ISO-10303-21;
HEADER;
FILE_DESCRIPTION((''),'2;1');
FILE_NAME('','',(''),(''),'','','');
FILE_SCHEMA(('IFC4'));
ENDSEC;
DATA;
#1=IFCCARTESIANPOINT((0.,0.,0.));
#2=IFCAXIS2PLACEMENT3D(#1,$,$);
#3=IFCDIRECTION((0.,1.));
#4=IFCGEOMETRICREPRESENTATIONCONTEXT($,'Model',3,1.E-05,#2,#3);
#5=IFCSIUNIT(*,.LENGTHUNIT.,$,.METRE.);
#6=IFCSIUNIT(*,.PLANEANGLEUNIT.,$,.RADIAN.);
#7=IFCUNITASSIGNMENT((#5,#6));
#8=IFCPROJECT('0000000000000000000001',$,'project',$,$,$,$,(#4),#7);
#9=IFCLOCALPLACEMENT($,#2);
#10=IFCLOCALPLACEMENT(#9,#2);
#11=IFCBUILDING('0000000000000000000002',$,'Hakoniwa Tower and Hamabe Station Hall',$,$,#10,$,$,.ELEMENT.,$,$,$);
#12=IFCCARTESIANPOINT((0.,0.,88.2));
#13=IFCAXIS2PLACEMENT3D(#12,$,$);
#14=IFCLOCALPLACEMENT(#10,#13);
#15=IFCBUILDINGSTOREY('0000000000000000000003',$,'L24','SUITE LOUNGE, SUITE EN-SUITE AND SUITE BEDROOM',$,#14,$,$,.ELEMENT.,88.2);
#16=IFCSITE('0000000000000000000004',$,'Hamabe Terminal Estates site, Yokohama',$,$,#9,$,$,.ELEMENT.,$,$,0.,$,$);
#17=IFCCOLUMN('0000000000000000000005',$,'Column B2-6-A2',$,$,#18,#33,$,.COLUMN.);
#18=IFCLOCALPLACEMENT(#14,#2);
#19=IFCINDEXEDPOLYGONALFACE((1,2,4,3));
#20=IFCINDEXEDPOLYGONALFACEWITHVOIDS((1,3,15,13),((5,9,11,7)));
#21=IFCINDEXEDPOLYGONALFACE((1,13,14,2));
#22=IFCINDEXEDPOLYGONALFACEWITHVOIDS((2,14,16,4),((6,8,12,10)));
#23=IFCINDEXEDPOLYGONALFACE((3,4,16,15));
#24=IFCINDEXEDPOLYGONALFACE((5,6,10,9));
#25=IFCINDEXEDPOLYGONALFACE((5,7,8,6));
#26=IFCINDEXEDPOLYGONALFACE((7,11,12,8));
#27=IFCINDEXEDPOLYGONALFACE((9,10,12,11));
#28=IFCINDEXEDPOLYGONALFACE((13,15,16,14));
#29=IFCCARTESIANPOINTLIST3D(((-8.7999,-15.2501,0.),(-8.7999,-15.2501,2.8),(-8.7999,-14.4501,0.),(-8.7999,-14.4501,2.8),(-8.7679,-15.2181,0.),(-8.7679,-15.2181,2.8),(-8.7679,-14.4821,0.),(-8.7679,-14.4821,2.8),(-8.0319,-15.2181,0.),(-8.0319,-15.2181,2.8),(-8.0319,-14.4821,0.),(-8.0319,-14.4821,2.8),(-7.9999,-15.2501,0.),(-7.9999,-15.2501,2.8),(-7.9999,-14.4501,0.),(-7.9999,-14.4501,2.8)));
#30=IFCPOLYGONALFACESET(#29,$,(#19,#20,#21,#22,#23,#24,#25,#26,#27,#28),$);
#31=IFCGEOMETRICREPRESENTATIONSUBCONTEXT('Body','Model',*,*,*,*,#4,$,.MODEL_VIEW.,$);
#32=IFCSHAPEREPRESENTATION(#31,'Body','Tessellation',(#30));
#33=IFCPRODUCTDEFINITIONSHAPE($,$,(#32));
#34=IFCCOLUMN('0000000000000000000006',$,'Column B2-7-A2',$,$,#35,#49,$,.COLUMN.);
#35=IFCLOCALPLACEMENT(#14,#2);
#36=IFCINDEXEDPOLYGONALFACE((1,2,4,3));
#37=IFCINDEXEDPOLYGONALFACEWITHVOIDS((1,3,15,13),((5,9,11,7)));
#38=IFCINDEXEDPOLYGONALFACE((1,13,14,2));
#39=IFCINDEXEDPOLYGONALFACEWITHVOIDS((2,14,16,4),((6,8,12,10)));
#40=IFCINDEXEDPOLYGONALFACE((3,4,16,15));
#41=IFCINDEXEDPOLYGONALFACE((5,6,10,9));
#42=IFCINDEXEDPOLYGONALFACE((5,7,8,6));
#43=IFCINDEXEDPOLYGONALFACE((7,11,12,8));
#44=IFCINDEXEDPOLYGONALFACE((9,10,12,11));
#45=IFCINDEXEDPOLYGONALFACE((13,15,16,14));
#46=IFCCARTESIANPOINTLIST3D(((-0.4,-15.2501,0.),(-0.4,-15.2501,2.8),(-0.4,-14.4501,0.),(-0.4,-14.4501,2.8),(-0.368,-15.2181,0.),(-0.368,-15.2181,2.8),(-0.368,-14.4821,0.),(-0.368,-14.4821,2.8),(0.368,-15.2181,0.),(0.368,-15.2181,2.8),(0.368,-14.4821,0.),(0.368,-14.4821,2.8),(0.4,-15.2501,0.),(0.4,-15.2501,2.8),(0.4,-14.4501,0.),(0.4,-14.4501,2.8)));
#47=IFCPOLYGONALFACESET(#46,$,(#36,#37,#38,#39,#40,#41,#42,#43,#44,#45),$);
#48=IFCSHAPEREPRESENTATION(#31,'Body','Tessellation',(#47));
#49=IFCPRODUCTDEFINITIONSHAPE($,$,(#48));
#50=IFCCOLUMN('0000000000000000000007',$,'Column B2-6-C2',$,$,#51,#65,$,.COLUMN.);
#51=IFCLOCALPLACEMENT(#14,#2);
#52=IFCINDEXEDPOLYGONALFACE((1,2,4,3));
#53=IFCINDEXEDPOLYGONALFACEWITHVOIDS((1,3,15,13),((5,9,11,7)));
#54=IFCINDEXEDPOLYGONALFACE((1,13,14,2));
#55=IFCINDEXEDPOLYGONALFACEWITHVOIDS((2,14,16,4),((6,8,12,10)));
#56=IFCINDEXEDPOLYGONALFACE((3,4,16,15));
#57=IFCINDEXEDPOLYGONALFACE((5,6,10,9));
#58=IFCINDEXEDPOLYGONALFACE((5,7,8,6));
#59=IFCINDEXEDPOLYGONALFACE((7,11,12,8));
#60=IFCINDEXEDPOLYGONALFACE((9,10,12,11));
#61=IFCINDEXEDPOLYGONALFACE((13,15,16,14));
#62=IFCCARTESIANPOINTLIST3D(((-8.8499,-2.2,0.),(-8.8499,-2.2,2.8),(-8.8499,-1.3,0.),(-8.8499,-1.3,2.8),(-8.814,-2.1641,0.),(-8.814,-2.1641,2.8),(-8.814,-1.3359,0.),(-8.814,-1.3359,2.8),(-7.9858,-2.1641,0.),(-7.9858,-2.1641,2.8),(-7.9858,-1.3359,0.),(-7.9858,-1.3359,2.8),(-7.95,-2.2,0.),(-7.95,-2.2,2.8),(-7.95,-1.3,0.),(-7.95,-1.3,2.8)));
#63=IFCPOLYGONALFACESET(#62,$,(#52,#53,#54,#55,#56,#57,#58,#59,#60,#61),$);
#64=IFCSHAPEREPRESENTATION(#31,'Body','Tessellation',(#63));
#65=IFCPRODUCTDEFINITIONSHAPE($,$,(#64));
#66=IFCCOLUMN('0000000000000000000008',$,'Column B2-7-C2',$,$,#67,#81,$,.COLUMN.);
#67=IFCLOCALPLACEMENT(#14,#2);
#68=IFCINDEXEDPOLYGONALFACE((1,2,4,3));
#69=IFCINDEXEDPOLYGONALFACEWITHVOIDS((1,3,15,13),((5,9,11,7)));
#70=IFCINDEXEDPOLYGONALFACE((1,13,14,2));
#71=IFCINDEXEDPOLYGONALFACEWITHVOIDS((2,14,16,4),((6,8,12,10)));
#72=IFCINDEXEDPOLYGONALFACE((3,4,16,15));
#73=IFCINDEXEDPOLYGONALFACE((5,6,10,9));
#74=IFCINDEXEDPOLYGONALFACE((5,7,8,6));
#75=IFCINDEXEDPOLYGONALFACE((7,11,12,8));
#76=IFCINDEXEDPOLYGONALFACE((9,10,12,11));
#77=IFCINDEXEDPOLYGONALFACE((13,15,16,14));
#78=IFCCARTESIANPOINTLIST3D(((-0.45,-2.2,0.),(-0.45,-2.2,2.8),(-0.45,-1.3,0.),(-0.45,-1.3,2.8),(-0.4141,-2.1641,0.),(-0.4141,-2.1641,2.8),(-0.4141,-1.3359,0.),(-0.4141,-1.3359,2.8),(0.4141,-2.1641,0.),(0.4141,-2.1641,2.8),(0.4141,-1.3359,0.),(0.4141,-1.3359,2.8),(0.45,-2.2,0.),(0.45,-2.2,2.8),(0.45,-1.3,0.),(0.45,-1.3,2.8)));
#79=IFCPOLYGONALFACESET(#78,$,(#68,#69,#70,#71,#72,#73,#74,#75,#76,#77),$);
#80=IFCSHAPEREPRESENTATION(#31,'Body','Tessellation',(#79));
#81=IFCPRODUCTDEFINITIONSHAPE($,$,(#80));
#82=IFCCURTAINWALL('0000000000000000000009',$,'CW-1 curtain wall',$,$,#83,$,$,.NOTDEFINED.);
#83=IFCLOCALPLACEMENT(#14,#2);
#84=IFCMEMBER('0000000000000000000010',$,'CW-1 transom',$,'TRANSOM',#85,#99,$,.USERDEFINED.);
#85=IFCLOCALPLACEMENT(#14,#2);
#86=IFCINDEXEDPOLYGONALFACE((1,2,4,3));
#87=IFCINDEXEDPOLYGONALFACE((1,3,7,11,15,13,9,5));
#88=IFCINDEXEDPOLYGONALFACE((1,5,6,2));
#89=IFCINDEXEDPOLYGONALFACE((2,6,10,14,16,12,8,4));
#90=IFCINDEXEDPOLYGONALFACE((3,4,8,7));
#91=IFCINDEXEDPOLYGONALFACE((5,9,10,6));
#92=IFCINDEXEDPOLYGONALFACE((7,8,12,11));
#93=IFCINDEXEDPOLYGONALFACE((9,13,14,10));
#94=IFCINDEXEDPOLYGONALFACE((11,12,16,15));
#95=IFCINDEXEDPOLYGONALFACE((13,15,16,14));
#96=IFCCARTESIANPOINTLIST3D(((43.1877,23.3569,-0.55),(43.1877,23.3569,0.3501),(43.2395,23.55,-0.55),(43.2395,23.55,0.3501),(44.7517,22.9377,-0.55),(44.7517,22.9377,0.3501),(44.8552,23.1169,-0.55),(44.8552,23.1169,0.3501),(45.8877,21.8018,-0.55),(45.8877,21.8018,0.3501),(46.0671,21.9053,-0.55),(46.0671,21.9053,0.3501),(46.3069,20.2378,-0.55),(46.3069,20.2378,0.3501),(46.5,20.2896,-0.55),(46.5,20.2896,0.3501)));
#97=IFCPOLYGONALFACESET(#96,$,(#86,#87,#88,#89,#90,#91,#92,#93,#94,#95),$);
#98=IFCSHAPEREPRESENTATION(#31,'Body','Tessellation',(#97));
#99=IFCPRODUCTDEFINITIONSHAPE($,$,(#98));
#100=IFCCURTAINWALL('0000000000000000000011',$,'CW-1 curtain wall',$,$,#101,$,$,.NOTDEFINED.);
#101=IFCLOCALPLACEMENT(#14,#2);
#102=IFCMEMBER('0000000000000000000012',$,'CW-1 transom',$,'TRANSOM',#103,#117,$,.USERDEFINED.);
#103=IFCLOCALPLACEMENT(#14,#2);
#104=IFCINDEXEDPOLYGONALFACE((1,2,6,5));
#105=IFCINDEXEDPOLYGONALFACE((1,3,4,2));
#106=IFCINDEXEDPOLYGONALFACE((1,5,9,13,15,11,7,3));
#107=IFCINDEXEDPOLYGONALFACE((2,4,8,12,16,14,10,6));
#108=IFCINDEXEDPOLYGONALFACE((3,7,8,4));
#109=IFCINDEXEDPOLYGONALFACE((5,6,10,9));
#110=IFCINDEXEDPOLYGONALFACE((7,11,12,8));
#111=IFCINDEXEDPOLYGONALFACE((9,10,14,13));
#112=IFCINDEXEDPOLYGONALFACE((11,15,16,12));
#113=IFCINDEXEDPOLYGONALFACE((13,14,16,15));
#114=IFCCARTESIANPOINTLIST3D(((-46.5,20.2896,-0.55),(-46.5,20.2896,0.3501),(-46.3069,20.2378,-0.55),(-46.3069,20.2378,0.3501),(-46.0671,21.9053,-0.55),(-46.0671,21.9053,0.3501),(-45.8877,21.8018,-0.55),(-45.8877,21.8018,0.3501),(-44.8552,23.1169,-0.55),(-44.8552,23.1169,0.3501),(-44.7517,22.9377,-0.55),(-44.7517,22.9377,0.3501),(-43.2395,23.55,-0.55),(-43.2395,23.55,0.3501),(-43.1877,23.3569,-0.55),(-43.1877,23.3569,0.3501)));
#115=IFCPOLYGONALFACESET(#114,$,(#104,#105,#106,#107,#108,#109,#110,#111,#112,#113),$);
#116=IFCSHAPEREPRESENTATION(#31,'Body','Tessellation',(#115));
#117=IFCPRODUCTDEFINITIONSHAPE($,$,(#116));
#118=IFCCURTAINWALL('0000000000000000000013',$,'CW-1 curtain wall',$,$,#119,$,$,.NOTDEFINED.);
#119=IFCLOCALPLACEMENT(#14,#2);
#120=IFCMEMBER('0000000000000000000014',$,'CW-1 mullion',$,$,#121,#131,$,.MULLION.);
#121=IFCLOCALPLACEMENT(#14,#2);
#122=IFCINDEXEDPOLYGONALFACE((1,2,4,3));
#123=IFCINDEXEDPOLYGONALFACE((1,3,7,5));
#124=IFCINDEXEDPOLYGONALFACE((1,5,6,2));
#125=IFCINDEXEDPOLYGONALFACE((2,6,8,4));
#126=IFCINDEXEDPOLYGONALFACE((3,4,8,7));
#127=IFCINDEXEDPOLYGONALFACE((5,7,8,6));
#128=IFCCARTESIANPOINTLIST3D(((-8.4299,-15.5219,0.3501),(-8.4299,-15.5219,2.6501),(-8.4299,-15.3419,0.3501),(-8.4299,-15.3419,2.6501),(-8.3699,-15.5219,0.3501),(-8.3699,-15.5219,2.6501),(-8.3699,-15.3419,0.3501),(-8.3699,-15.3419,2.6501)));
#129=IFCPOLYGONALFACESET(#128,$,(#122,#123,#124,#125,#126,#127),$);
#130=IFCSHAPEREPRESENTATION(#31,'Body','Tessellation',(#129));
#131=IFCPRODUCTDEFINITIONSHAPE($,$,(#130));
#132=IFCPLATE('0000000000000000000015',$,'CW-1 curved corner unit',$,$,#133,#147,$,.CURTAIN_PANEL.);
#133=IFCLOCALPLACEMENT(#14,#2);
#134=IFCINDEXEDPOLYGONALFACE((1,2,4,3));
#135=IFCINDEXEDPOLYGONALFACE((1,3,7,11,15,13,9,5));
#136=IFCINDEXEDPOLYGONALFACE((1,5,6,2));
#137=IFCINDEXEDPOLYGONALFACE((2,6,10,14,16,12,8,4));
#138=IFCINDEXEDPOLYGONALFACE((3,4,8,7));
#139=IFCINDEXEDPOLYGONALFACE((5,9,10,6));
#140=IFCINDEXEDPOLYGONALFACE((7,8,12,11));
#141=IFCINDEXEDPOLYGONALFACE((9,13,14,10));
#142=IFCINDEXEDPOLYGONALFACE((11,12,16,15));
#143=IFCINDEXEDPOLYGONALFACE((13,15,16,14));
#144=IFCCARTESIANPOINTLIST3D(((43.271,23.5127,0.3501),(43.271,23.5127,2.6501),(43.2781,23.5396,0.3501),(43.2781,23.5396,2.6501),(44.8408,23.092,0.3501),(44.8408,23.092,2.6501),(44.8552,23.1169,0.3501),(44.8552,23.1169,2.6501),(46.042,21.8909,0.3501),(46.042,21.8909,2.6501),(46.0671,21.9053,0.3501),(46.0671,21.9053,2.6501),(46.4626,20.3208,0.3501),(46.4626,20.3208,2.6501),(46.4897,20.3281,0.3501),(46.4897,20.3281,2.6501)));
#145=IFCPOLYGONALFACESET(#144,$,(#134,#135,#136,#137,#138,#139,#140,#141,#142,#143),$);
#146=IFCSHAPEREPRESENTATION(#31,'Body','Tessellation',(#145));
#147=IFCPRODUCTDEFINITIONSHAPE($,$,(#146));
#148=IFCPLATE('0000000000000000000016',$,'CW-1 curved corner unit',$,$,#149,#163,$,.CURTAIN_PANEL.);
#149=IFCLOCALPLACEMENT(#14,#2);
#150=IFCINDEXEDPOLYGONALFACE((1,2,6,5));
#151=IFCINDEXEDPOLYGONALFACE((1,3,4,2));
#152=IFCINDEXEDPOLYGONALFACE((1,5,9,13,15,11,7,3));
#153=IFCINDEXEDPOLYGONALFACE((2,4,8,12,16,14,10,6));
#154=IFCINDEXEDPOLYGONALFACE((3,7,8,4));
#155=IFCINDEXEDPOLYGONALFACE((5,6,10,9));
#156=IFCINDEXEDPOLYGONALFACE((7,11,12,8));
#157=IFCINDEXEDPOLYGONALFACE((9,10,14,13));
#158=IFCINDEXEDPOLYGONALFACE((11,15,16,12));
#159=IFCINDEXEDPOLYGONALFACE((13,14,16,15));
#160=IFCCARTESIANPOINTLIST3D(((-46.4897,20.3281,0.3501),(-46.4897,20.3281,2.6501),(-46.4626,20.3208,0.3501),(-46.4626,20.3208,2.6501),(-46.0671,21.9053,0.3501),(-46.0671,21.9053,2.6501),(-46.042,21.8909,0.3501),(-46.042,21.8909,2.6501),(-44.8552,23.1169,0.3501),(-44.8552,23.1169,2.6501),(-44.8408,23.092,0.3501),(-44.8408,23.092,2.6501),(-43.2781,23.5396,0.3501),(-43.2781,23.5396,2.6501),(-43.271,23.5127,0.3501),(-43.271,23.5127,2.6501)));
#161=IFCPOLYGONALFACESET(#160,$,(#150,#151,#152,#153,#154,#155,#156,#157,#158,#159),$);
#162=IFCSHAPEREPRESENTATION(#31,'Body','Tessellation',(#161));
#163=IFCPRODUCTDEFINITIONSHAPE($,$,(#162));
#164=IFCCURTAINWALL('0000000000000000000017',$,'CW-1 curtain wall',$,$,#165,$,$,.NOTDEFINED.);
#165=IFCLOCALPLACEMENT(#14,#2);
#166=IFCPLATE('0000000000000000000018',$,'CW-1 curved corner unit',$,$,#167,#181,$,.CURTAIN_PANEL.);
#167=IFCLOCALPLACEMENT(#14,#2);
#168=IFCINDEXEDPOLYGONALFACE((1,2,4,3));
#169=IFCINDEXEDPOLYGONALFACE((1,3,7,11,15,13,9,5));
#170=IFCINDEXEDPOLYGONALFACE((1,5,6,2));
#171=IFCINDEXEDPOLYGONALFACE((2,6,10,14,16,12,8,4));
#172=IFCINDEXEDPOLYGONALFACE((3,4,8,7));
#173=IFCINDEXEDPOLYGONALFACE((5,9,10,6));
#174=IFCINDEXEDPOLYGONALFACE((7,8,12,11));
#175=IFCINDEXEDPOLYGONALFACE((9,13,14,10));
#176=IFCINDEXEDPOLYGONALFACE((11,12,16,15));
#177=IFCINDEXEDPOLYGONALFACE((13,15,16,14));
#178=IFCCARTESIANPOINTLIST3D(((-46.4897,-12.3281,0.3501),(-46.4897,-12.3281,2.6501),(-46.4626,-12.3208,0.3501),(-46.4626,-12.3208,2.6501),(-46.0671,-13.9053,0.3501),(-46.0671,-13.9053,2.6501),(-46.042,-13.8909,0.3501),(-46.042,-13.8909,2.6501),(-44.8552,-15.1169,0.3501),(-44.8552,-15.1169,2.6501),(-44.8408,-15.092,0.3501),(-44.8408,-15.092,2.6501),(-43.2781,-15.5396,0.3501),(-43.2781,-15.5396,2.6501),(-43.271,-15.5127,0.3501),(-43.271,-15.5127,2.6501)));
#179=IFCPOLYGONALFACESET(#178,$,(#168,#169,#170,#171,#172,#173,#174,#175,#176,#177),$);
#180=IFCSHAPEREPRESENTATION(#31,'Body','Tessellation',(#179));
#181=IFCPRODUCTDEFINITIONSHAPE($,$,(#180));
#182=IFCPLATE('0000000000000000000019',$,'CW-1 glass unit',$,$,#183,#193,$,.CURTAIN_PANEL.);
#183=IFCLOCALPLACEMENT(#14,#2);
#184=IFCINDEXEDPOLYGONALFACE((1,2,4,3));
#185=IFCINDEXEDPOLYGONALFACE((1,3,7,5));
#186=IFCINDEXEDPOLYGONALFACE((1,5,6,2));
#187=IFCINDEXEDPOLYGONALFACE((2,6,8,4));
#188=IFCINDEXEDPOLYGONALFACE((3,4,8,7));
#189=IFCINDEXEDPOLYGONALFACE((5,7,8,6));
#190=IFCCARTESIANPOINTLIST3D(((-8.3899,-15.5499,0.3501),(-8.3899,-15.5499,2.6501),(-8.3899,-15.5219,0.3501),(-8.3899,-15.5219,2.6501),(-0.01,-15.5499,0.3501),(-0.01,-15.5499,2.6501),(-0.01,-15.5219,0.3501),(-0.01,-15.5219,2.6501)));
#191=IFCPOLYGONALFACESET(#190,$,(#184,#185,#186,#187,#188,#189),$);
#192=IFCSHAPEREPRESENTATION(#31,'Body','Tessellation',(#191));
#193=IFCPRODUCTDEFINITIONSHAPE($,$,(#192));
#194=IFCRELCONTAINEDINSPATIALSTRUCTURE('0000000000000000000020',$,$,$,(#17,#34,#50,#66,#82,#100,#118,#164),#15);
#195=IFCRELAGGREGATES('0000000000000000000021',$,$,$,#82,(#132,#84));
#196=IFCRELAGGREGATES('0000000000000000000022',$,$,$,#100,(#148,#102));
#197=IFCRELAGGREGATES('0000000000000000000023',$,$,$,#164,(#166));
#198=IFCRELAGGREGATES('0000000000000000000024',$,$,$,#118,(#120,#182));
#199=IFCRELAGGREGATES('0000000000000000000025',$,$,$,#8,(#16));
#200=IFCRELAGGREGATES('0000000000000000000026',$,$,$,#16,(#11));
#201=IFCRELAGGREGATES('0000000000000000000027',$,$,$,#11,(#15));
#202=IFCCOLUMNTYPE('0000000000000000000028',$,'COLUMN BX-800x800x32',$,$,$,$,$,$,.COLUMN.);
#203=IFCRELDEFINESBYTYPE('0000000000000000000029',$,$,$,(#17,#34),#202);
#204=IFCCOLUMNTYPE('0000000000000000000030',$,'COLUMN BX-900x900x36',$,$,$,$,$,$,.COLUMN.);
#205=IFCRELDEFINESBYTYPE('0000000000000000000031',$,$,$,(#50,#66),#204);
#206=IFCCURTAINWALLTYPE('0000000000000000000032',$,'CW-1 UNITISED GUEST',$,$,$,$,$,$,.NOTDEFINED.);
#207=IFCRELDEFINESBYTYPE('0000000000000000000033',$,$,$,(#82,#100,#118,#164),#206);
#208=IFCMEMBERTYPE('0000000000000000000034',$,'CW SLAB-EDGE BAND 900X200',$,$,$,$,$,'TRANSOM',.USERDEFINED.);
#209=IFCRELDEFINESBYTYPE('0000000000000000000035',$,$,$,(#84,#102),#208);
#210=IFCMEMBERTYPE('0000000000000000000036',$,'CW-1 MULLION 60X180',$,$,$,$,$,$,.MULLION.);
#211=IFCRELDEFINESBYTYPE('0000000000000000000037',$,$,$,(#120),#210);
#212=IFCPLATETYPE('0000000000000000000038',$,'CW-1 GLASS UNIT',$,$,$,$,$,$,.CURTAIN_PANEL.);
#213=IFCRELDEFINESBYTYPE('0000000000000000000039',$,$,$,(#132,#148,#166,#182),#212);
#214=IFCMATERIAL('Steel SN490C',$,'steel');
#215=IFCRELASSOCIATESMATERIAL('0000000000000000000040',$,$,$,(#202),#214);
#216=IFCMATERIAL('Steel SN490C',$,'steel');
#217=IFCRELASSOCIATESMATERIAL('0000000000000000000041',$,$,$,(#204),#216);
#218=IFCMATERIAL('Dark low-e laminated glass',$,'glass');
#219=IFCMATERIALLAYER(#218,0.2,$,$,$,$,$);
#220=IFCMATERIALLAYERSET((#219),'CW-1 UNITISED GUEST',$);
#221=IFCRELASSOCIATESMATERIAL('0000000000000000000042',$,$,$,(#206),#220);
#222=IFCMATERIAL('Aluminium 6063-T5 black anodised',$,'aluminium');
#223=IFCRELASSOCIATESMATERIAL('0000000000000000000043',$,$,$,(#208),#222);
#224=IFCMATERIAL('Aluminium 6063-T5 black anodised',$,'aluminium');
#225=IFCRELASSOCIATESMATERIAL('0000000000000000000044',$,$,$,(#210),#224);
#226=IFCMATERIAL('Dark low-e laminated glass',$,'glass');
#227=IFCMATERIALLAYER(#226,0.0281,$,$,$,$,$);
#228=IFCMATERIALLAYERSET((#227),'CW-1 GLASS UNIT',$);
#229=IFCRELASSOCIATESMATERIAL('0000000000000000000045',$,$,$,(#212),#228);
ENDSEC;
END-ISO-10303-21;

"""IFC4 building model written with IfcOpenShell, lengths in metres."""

from ifc_helpers import new_model, si_unit, direction, frame, origin, origin_2d, place, context, subcontext, project, spatial, polyline, rectangle, hollow_rectangle, outline, extrude, material, layer, layer_set, material_profile, profile_set, type_object, element, aggregate, save


model = new_model("IFC4")

# Units and contexts
model_context = context("Model", 3, precision=1e-05, world=origin(), true_north=direction((0.0, 1.0)))
body_context = subcontext(model_context, "Body", "Model", "MODEL_VIEW")
ifc_project = project(units=[si_unit("LENGTHUNIT", "METRE"), si_unit("PLANEANGLEUNIT", "RADIAN")], contexts=[model_context])

# Site, building, storey
site_placement = place(None, origin())
site = spatial("IfcSite", under=ifc_project, at=site_placement, Name="Hamabe Terminal Estates site, Yokohama", CompositionType="ELEMENT", RefElevation=0.0)
building_placement = place(site_placement, origin())
building = spatial("IfcBuilding", under=site, at=building_placement, Name="Hakoniwa Tower and Hamabe Station Hall", CompositionType="ELEMENT")
storey_placement = place(building_placement, frame((0.0, 0.0, 88.2)))
storey = spatial("IfcBuildingStorey", under=building, at=storey_placement, Name="L24", Description="SUITE LOUNGE, SUITE EN-SUITE AND SUITE BEDROOM", CompositionType="ELEMENT", Elevation=88.2)

# Columns
ifc_material_1 = material(Name="Steel SN490C", Category="steel")
ifc_material_profile_1 = material_profile(ifc_material_1, hollow_rectangle(XDim=0.8, YDim=0.8, WallThickness=0.032, at=origin_2d()), Name="BX-800x800x32")
ifc_profile_set_1 = profile_set([ifc_material_profile_1], Name="Steel SN490C")
column_type_1 = type_object("IfcColumnType", Name="COLUMN BX-800x800x32", PredefinedType="COLUMN", material=ifc_profile_set_1)
for number, where, z_axis, x_axis, name in (
    (1, (-8.3999, -14.8501, 0.0), (0.0, 0.0, 1.0), (1.0, 0.0, 0.0), "Column B2-6-A2"),
    (2, (0.0, -14.8501, 0.0), (0.0, 0.0, 1.0), (1.0, 0.0, 0.0), "Column B2-7-A2"),
):
    element("IfcColumn", number, at=place(storey_placement, frame(where, z_axis=z_axis, x_axis=x_axis)), inside=storey, type_object=column_type_1, Name=name, PredefinedType="COLUMN", context=body_context, shape_type="SweptSolid", body=[
        extrude(hollow_rectangle(XDim=0.8, YDim=0.8, WallThickness=0.032, at=origin_2d()), origin(), (0.0, 0.0, 1.0), 2.8),
    ])
ifc_material_2 = material(Name="Steel SN490C", Category="steel")
ifc_material_profile_2 = material_profile(ifc_material_2, hollow_rectangle(XDim=0.8999, YDim=0.8999, WallThickness=0.0359, at=origin_2d()), Name="BX-900x900x36")
ifc_profile_set_2 = profile_set([ifc_material_profile_2], Name="Steel SN490C")
column_type_2 = type_object("IfcColumnType", Name="COLUMN BX-900x900x36", PredefinedType="COLUMN", material=ifc_profile_set_2)
for number, where, z_axis, x_axis, name in (
    (3, (-8.3999, -1.75, 0.0), (0.0, 0.0, 1.0), (1.0, 0.0, 0.0), "Column B2-6-C2"),
    (4, (0.0, -1.75, 0.0), (0.0, 0.0, 1.0), (1.0, 0.0, 0.0), "Column B2-7-C2"),
):
    element("IfcColumn", number, at=place(storey_placement, frame(where, z_axis=z_axis, x_axis=x_axis)), inside=storey, type_object=column_type_2, Name=name, PredefinedType="COLUMN", context=body_context, shape_type="SweptSolid", body=[
        extrude(hollow_rectangle(XDim=0.8999, YDim=0.8999, WallThickness=0.0359, at=origin_2d()), origin(), (0.0, 0.0, 1.0), 2.8),
    ])

# Curtain walls, members
ifc_material_3 = material(Name="Dark low-e laminated glass", Category="glass")
ifc_layer_1 = layer(ifc_material_3, 0.2)
ifc_layer_set_1 = layer_set([ifc_layer_1], Name="CW-1 UNITISED GUEST")
curtain_wall_type = type_object("IfcCurtainWallType", Name="CW-1 UNITISED GUEST", PredefinedType="NOTDEFINED", material=ifc_layer_set_1)
curtain_wall_1_placement = place(storey_placement, origin())
curtain_wall_1 = element("IfcCurtainWall", 5, at=curtain_wall_1_placement, inside=storey, type_object=curtain_wall_type, Name="CW-1 curtain wall", PredefinedType="NOTDEFINED")
ifc_material_4 = material(Name="Aluminium 6063-T5 black anodised", Category="aluminium")
ifc_material_profile_3 = material_profile(ifc_material_4, rectangle(XDim=0.2, YDim=0.8999, at=origin_2d()), Name="CW SLAB-EDGE BAND 900X200")
ifc_profile_set_3 = profile_set([ifc_material_profile_3], Name="Aluminium 6063-T5 black anodised")
member_type_1 = type_object("IfcMemberType", Name="CW SLAB-EDGE BAND 900X200", ElementType="TRANSOM", PredefinedType="USERDEFINED", material=ifc_profile_set_3)
member_1_placement = place(storey_placement, frame((0.0, 0.0, -0.55)))
member_1 = element("IfcMember", 6, at=member_1_placement, type_object=member_type_1, Name="CW-1 transom", ObjectType="TRANSOM", PredefinedType="USERDEFINED", context=body_context, shape_type="SweptSolid", body=[
    extrude(outline(polyline([(46.5, 20.2896), (46.0671, 21.9053), (44.8552, 23.1169), (43.2395, 23.55), (43.1877, 23.3569), (44.7517, 22.9377), (45.8877, 21.8018), (46.3069, 20.2378), (46.5, 20.2896)])), origin(), (0.0, 0.0, 1.0), 0.9001),
])
curtain_wall_2_placement = place(storey_placement, origin())
curtain_wall_2 = element("IfcCurtainWall", 7, at=curtain_wall_2_placement, inside=storey, type_object=curtain_wall_type, Name="CW-1 curtain wall", PredefinedType="NOTDEFINED")
member_2_placement = place(storey_placement, frame((0.0, 0.0, -0.55)))
member_2 = element("IfcMember", 8, at=member_2_placement, type_object=member_type_1, Name="CW-1 transom", ObjectType="TRANSOM", PredefinedType="USERDEFINED", context=body_context, shape_type="SweptSolid", body=[
    extrude(outline(polyline([(-43.2395, 23.55), (-44.8552, 23.1169), (-46.0671, 21.9053), (-46.5, 20.2896), (-46.3069, 20.2378), (-45.8877, 21.8018), (-44.7517, 22.9377), (-43.1877, 23.3569), (-43.2395, 23.55)])), origin(), (0.0, 0.0, 1.0), 0.9001),
])
curtain_wall_3_placement = place(storey_placement, origin())
curtain_wall_3 = element("IfcCurtainWall", 9, at=curtain_wall_3_placement, inside=storey, type_object=curtain_wall_type, Name="CW-1 curtain wall", PredefinedType="NOTDEFINED")
ifc_material_5 = material(Name="Aluminium 6063-T5 black anodised", Category="aluminium")
ifc_material_profile_4 = material_profile(ifc_material_5, rectangle(XDim=0.0601, YDim=0.1799, at=origin_2d()), Name="CW-1 MULLION 60X180")
ifc_profile_set_4 = profile_set([ifc_material_profile_4], Name="Aluminium 6063-T5 black anodised")
member_type_2 = type_object("IfcMemberType", Name="CW-1 MULLION 60X180", PredefinedType="MULLION", material=ifc_profile_set_4)
member_3_placement = place(storey_placement, frame((-8.3999, -15.4319, 0.3501), z_axis=(0.0, 0.0, 1.0), x_axis=(1.0, 0.0, 0.0)))
member_3 = element("IfcMember", 10, at=member_3_placement, type_object=member_type_2, Name="CW-1 mullion", PredefinedType="MULLION", context=body_context, shape_type="SweptSolid", body=[
    extrude(rectangle(XDim=0.0601, YDim=0.1799, at=origin_2d()), origin(), (0.0, 0.0, 1.0), 2.3),
])

# Plates
ifc_material_6 = material(Name="Dark low-e laminated glass", Category="glass")
ifc_layer_2 = layer(ifc_material_6, 0.0281)
ifc_layer_set_2 = layer_set([ifc_layer_2], Name="CW-1 GLASS UNIT")
plate_type = type_object("IfcPlateType", Name="CW-1 GLASS UNIT", PredefinedType="CURTAIN_PANEL", material=ifc_layer_set_2)
plate_1_placement = place(storey_placement, frame((0.0, 0.0, 0.3501)))
plate_1 = element("IfcPlate", 11, at=plate_1_placement, type_object=plate_type, Name="CW-1 curved corner unit", PredefinedType="CURTAIN_PANEL", context=body_context, shape_type="SweptSolid", body=[
    extrude(outline(polyline([(46.4897, 20.3281), (46.0671, 21.9053), (44.8552, 23.1169), (43.2781, 23.5396), (43.271, 23.5127), (44.8408, 23.092), (46.042, 21.8909), (46.4626, 20.3208), (46.4897, 20.3281)])), origin(), (0.0, 0.0, 1.0), 2.3),
])
aggregate(curtain_wall_1, [plate_1, member_1])
plate_2_placement = place(storey_placement, frame((0.0, 0.0, 0.3501)))
plate_2 = element("IfcPlate", 12, at=plate_2_placement, type_object=plate_type, Name="CW-1 curved corner unit", PredefinedType="CURTAIN_PANEL", context=body_context, shape_type="SweptSolid", body=[
    extrude(outline(polyline([(-43.2781, 23.5396), (-44.8552, 23.1169), (-46.0671, 21.9053), (-46.4897, 20.3281), (-46.4626, 20.3208), (-46.042, 21.8909), (-44.8408, 23.092), (-43.271, 23.5127), (-43.2781, 23.5396)])), origin(), (0.0, 0.0, 1.0), 2.3),
])
aggregate(curtain_wall_2, [plate_2, member_2])

# Curtain wall, plate
curtain_wall_4_placement = place(storey_placement, origin())
curtain_wall_4 = element("IfcCurtainWall", 13, at=curtain_wall_4_placement, inside=storey, type_object=curtain_wall_type, Name="CW-1 curtain wall", PredefinedType="NOTDEFINED")
plate_3_placement = place(storey_placement, frame((0.0, 0.0, 0.3501)))
plate_3 = element("IfcPlate", 14, at=plate_3_placement, type_object=plate_type, Name="CW-1 curved corner unit", PredefinedType="CURTAIN_PANEL", context=body_context, shape_type="SweptSolid", body=[
    extrude(outline(polyline([(-46.4897, -12.3281), (-46.0671, -13.9053), (-44.8552, -15.1169), (-43.2781, -15.5396), (-43.271, -15.5127), (-44.8408, -15.092), (-46.042, -13.8909), (-46.4626, -12.3208), (-46.4897, -12.3281)])), origin(), (0.0, 0.0, 1.0), 2.3),
])
aggregate(curtain_wall_4, [plate_3])

# Plate
plate_4_placement = place(storey_placement, frame((-4.2, -15.5359, 0.3501), z_axis=(0.0, 0.0, 1.0), x_axis=(1.0, 0.0, 0.0)))
plate_4 = element("IfcPlate", 15, at=plate_4_placement, type_object=plate_type, Name="CW-1 glass unit", PredefinedType="CURTAIN_PANEL", context=body_context, shape_type="SweptSolid", body=[
    extrude(rectangle(XDim=8.3799, YDim=0.0281, at=origin_2d()), origin(), (0.0, 0.0, 1.0), 2.3),
])
aggregate(curtain_wall_3, [member_3, plate_4])

save(model, "model.ifc")
